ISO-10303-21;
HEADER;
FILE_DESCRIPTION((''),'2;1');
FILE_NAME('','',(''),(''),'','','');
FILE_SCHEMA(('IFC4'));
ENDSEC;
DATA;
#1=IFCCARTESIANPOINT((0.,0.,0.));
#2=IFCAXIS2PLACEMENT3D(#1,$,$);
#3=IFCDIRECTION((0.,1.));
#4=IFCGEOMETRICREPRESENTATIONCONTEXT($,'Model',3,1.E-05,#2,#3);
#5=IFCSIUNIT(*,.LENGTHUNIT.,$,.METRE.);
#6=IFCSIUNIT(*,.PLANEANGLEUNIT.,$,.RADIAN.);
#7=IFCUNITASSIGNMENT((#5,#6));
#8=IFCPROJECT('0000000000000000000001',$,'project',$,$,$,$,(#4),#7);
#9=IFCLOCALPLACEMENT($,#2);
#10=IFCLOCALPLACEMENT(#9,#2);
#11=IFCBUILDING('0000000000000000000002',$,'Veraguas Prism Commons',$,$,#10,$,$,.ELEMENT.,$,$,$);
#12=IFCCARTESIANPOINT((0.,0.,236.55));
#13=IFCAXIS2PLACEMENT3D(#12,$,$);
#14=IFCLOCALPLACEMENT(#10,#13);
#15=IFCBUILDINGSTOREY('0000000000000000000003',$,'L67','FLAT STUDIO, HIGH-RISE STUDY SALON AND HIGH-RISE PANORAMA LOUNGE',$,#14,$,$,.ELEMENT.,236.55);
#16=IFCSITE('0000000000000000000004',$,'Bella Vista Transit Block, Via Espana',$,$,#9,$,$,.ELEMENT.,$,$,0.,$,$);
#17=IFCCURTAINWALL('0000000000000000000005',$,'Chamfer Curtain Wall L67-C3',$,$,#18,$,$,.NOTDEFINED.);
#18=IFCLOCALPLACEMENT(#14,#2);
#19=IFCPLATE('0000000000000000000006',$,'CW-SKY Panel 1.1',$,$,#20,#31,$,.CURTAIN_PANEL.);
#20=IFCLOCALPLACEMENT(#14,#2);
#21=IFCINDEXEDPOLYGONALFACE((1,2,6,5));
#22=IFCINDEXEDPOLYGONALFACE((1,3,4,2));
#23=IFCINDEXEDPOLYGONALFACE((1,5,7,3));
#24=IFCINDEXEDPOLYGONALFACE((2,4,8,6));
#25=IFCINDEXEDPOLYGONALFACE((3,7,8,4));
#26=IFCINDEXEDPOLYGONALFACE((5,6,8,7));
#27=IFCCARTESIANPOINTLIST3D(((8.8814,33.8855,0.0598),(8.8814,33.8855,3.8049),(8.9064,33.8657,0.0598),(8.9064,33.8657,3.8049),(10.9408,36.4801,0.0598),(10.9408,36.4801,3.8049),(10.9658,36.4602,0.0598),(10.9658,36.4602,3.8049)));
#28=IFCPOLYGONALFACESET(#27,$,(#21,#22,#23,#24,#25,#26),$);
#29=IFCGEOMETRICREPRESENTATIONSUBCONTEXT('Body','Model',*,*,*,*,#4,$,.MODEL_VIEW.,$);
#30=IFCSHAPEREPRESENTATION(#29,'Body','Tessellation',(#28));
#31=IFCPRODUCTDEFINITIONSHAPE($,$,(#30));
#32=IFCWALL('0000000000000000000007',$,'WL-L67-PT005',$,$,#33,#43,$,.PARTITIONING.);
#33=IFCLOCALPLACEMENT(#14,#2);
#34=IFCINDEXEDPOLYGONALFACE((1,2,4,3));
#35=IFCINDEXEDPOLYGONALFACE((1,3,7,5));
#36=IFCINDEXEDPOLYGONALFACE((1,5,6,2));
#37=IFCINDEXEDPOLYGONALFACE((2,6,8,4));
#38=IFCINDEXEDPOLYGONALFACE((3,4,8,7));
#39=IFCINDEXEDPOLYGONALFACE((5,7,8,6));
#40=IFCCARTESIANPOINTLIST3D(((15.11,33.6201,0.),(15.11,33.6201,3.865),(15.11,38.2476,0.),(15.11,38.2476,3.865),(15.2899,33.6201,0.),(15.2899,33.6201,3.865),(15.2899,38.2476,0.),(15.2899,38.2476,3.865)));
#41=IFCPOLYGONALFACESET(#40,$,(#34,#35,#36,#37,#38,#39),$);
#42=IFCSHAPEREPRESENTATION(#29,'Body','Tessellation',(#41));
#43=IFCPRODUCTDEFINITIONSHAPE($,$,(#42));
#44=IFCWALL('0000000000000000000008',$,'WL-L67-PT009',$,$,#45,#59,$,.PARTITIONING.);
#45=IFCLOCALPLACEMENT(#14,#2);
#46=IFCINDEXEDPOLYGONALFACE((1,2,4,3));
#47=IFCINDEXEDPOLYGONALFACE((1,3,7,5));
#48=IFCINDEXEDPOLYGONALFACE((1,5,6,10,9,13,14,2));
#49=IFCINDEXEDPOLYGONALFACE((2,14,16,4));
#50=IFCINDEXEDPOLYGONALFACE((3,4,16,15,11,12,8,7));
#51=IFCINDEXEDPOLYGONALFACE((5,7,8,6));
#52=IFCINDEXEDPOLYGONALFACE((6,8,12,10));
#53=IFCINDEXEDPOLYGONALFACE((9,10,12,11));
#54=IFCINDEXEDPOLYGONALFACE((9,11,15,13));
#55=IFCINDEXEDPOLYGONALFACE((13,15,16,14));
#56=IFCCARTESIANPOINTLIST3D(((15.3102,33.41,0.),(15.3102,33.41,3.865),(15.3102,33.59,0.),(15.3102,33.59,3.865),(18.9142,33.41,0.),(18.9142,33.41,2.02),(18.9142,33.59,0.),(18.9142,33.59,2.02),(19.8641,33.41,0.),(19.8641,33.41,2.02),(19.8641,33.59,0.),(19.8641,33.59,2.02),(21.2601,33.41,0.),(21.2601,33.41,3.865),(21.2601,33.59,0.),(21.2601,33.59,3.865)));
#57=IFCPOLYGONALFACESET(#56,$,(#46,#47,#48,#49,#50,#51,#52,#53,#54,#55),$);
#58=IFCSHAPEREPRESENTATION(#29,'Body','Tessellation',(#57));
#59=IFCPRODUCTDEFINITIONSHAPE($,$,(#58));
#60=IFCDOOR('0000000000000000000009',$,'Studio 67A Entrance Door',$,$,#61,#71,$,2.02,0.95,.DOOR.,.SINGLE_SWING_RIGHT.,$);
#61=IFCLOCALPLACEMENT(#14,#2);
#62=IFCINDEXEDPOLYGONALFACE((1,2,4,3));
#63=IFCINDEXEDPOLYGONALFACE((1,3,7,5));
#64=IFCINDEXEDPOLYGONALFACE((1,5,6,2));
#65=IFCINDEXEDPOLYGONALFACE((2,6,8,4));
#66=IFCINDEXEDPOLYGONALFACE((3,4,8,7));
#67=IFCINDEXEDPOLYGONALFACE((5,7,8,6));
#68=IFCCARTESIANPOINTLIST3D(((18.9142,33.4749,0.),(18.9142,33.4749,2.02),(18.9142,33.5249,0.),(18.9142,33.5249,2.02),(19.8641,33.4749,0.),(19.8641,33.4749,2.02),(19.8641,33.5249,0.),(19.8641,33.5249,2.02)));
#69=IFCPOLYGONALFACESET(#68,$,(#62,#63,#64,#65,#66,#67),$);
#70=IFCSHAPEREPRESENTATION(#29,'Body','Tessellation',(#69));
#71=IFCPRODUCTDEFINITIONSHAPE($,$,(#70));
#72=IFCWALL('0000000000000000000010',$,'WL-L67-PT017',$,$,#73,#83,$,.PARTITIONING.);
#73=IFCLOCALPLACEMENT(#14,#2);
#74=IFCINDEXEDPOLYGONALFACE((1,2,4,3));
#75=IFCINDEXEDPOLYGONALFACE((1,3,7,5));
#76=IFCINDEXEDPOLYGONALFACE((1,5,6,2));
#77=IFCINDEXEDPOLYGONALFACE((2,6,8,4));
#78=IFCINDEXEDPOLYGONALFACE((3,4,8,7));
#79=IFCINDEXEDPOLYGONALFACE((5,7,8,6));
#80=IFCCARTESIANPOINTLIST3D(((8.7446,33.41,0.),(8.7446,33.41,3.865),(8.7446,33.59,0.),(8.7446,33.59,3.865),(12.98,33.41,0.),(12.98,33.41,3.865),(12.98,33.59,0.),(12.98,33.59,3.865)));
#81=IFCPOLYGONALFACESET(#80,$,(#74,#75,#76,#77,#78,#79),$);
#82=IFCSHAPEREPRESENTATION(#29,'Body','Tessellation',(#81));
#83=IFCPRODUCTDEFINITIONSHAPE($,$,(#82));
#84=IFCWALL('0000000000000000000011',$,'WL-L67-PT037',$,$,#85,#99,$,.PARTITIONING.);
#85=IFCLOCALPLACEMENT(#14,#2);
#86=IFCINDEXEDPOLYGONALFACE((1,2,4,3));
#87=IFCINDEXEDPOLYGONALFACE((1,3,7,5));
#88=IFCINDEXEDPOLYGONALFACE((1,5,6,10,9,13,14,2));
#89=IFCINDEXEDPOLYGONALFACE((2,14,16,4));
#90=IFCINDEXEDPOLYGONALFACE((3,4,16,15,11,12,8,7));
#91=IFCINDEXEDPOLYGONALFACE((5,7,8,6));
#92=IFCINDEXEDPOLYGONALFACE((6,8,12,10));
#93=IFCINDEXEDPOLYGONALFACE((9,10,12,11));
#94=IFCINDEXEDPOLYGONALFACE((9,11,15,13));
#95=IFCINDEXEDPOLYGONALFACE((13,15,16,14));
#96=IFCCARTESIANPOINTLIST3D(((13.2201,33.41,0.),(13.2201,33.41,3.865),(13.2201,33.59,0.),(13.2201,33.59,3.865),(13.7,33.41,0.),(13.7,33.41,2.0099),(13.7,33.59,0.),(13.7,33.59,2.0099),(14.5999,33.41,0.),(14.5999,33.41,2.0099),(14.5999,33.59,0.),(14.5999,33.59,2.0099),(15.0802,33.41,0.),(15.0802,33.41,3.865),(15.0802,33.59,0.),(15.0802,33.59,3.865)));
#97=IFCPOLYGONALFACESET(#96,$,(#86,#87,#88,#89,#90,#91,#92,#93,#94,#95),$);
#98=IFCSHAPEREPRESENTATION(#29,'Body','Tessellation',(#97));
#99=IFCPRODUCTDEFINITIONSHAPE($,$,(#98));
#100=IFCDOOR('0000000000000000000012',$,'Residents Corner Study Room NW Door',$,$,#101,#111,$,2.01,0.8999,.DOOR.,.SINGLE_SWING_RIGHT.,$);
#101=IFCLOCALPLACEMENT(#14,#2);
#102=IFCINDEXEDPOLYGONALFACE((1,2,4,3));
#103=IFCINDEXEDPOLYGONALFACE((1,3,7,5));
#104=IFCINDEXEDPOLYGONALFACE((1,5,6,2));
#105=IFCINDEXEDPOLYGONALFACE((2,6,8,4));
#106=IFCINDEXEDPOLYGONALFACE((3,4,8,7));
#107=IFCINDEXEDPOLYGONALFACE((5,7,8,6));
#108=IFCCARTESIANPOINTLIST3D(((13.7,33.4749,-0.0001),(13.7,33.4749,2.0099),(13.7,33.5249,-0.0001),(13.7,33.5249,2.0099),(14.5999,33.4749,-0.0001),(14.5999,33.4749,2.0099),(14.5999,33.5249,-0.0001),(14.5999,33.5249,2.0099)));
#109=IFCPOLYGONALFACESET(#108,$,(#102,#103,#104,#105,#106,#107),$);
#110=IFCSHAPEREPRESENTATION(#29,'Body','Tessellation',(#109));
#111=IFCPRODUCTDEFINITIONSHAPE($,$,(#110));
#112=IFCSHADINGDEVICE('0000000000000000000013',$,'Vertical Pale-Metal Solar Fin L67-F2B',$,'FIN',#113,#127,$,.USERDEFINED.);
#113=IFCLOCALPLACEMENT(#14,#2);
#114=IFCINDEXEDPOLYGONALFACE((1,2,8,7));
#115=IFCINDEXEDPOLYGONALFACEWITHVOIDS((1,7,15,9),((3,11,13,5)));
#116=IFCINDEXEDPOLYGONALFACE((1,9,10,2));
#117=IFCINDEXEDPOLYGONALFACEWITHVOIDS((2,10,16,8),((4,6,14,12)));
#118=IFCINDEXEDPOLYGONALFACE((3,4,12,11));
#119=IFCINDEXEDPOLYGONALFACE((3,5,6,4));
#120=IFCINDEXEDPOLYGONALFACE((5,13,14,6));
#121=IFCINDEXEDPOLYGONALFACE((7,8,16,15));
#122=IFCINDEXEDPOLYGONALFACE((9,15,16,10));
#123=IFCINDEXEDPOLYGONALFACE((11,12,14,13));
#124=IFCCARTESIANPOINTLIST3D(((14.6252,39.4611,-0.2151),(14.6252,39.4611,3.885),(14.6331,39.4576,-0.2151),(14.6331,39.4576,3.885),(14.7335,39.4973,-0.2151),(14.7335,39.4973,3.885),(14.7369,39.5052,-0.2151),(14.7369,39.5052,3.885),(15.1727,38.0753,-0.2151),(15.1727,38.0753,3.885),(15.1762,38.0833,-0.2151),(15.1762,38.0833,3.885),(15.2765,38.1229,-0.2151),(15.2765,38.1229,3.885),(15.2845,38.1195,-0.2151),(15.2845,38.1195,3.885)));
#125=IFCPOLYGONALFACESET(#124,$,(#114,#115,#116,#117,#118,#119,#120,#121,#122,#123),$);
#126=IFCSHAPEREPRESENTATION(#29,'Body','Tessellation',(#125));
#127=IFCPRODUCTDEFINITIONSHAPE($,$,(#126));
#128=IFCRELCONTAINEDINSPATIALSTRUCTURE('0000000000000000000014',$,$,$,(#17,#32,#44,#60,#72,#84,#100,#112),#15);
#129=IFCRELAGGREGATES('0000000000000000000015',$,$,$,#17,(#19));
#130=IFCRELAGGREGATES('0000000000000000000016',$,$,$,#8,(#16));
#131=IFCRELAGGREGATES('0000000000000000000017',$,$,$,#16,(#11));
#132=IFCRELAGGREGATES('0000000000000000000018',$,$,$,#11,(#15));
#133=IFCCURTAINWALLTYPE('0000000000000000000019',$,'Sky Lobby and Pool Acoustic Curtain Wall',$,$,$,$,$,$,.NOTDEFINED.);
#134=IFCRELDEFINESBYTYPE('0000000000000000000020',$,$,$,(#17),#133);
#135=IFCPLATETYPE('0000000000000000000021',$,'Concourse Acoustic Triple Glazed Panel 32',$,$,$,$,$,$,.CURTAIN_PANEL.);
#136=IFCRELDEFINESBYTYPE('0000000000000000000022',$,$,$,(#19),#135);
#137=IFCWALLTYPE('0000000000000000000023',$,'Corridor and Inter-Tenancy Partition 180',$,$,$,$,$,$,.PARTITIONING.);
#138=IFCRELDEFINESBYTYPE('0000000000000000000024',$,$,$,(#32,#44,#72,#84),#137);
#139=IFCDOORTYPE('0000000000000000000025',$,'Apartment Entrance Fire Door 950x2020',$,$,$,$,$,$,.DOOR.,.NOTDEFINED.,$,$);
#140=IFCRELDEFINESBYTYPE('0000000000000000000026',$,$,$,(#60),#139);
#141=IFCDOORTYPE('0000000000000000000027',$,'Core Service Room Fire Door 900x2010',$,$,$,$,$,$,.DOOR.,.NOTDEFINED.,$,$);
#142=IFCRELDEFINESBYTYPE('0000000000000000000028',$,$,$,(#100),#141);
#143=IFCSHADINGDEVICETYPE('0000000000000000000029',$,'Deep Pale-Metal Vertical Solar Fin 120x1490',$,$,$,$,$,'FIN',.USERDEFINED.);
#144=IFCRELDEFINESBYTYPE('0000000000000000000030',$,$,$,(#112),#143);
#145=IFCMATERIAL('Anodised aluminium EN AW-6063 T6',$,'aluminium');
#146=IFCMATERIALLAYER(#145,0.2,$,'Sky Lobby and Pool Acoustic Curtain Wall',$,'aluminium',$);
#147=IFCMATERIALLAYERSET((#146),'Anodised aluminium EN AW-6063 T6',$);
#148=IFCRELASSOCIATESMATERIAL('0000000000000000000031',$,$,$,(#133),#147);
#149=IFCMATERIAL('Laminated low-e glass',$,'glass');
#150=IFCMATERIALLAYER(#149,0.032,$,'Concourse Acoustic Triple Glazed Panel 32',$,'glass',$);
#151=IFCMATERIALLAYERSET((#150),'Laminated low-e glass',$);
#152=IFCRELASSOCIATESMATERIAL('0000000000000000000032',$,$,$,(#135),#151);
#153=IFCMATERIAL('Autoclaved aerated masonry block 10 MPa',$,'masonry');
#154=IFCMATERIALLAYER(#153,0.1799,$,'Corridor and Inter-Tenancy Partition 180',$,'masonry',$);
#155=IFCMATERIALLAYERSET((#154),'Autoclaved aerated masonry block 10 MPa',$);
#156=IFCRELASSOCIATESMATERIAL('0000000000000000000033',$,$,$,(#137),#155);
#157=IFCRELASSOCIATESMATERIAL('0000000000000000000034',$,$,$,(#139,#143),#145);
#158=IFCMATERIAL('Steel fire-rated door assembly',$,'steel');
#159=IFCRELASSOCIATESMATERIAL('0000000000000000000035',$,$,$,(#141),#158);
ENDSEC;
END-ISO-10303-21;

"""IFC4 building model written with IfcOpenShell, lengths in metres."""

from ifc_helpers import new_model, si_unit, direction, frame, frame_2d, origin, origin_2d, place, context, subcontext, project, spatial, rectangle, hollow_rectangle, extrude, source, transform, mapped, material, layer, layer_set, material_profile, profile_set, type_object, element, fill, aggregate, save


model = new_model("IFC4")

# Units and contexts
model_context = context("Model", 3, precision=1e-05, world=origin(), true_north=direction((0.0, 1.0)))
body_context = subcontext(model_context, "Body", "Model", "MODEL_VIEW")
ifc_project = project(units=[si_unit("LENGTHUNIT", "METRE"), si_unit("PLANEANGLEUNIT", "RADIAN")], contexts=[model_context])

# Site, building, storey
site_placement = place(None, origin())
site = spatial("IfcSite", under=ifc_project, at=site_placement, Name="Bella Vista Transit Block, Via Espana", CompositionType="ELEMENT", RefElevation=0.0)
building_placement = place(site_placement, origin())
building = spatial("IfcBuilding", under=site, at=building_placement, Name="Veraguas Prism Commons", CompositionType="ELEMENT")
storey_placement = place(building_placement, frame((0.0, 0.0, 236.55)))
storey = spatial("IfcBuildingStorey", under=building, at=storey_placement, Name="L67", Description="FLAT STUDIO, HIGH-RISE STUDY SALON AND HIGH-RISE PANORAMA LOUNGE", CompositionType="ELEMENT", Elevation=236.55)

# Shared definitions
ifc_material_1 = material(Name="Anodised aluminium EN AW-6063 T6", Category="aluminium")
ifc_layer_1 = layer(ifc_material_1, 0.2, Name="Sky Lobby and Pool Acoustic Curtain Wall", Category="aluminium")
ifc_layer_set_1 = layer_set([ifc_layer_1], Name="Anodised aluminium EN AW-6063 T6")
curtain_wall_type = type_object("IfcCurtainWallType", Name="Sky Lobby and Pool Acoustic Curtain Wall", PredefinedType="NOTDEFINED", material=ifc_layer_set_1)

# Curtain wall
curtain_wall_1_placement = place(storey_placement, origin())
curtain_wall_1 = element("IfcCurtainWall", 1, at=curtain_wall_1_placement, inside=storey, type_object=curtain_wall_type, Name="Chamfer Curtain Wall L67-C3", PredefinedType="NOTDEFINED")

# Plate
ifc_material_2 = material(Name="Laminated low-e glass", Category="glass")
ifc_layer_2 = layer(ifc_material_2, 0.032, Name="Concourse Acoustic Triple Glazed Panel 32", Category="glass")
ifc_layer_set_2 = layer_set([ifc_layer_2], Name="Laminated low-e glass")
plate_type = type_object("IfcPlateType", Name="Concourse Acoustic Triple Glazed Panel 32", PredefinedType="CURTAIN_PANEL", material=ifc_layer_set_2)
shared_shape_1 = source(origin(), body_context, "Body", "SweptSolid", [
    extrude(rectangle(XDim=3.3125, YDim=0.032, at=origin_2d()), origin(), (0.0, 0.0, 1.0), 3.7451),
])
plate_1_placement = place(storey_placement, frame((9.9236, 35.1729, 0.0598), z_axis=(0.0, 0.0, 1.0), x_axis=(-0.621707, -0.78325, 0.0)))
plate_1 = element("IfcPlate", 2, at=plate_1_placement, type_object=plate_type, Name="CW-SKY Panel 1.1", PredefinedType="CURTAIN_PANEL", context=body_context, shape_type="MappedRepresentation", body=[
    mapped(shared_shape_1, transform((0.0, 0.0, 0.0), scale=1.0)),
])
aggregate(curtain_wall_1, [plate_1])

# Wall
ifc_material_3 = material(Name="Autoclaved aerated masonry block 10 MPa", Category="masonry")
ifc_layer_3 = layer(ifc_material_3, 0.1799, Name="Corridor and Inter-Tenancy Partition 180", Category="masonry")
ifc_layer_set_3 = layer_set([ifc_layer_3], Name="Autoclaved aerated masonry block 10 MPa")
wall_type = type_object("IfcWallType", Name="Corridor and Inter-Tenancy Partition 180", PredefinedType="PARTITIONING", material=ifc_layer_set_3)
wall_1_placement = place(storey_placement, frame((15.2, 33.6201, 0.0), z_axis=(0.0, 0.0, 1.0), x_axis=(0.0, 1.0, 0.0)))
element("IfcWall", 3, at=wall_1_placement, inside=storey, type_object=wall_type, Name="WL-L67-PT005", PredefinedType="PARTITIONING", context=body_context, shape_type="SweptSolid", body=[
    extrude(rectangle(XDim=4.6274, YDim=0.1799, at=frame_2d((2.3137, 0.0))), origin(), (0.0, 0.0, 1.0), 3.865),
])

# Wall, opening, door
wall_2_placement = place(storey_placement, frame((15.3101, 33.5, 0.0), z_axis=(0.0, 0.0, 1.0), x_axis=(1.0, 0.0, 0.0)))
wall_2 = element("IfcWall", 4, at=wall_2_placement, inside=storey, type_object=wall_type, Name="WL-L67-PT009", PredefinedType="PARTITIONING", context=body_context, shape_type="SweptSolid", body=[
    extrude(rectangle(XDim=5.95, YDim=0.1799, at=frame_2d((2.9751, 0.0))), origin(), (0.0, 0.0, 1.0), 3.865),
])
opening_1_placement = place(wall_2_placement, frame((3.604, 0.0, 0.0)))
opening_1 = element("IfcOpeningElement", 5, at=opening_1_placement, cuts=wall_2, PredefinedType="OPENING", context=body_context, shape_type="SweptSolid", body=[
    extrude(rectangle(XDim=0.95, YDim=2.02, at=frame_2d((0.4751, 1.01))), frame((0.0, 0.0999, 0.0), z_axis=(0.0, -1.0, 0.0), x_axis=(1.0, 0.0, 0.0)), (0.0, 0.0, 1.0), 0.2),
])
door_type_1 = type_object("IfcDoorType", Name="Apartment Entrance Fire Door 950x2020", OperationType="NOTDEFINED", PredefinedType="DOOR", material=ifc_material_1)
shared_shape_2 = source(origin(), body_context, "Body", "SweptSolid", [
    extrude(rectangle(XDim=0.95, YDim=2.02, at=frame_2d((0.4751, 1.01))), frame((0.0, 0.0249, 0.0), z_axis=(0.0, -1.0, 0.0), x_axis=(1.0, 0.0, 0.0)), (0.0, 0.0, 1.0), 0.05),
])
door_1_placement = place(opening_1_placement, origin())
door_1 = element("IfcDoor", 6, at=door_1_placement, inside=storey, type_object=door_type_1, Name="Studio 67A Entrance Door", OperationType="SINGLE_SWING_RIGHT", OverallHeight=2.02, OverallWidth=0.95, PredefinedType="DOOR", context=body_context, shape_type="MappedRepresentation", body=[
    mapped(shared_shape_2, transform((0.0, 0.0, 0.0), scale=1.0)),
])
fill(opening_1, door_1)

# Wall
wall_3_placement = place(storey_placement, frame((12.98, 33.5, 0.0), z_axis=(0.0, 0.0, 1.0), x_axis=(-1.0, 0.0, 0.0)))
element("IfcWall", 7, at=wall_3_placement, inside=storey, type_object=wall_type, Name="WL-L67-PT017", PredefinedType="PARTITIONING", context=body_context, shape_type="SweptSolid", body=[
    extrude(rectangle(XDim=4.2354, YDim=0.1799, at=frame_2d((2.1177, 0.0))), origin(), (0.0, 0.0, 1.0), 3.865),
])

# Wall, opening, door
wall_4_placement = place(storey_placement, frame((13.22, 33.5, 0.0), z_axis=(0.0, 0.0, 1.0), x_axis=(1.0, 0.0, 0.0)))
wall_4 = element("IfcWall", 8, at=wall_4_placement, inside=storey, type_object=wall_type, Name="WL-L67-PT037", PredefinedType="PARTITIONING", context=body_context, shape_type="SweptSolid", body=[
    extrude(rectangle(XDim=1.8601, YDim=0.1799, at=frame_2d((0.9302, 0.0))), origin(), (0.0, 0.0, 1.0), 3.865),
])
opening_2_placement = place(wall_4_placement, frame((0.48, 0.0, 0.0)))
opening_2 = element("IfcOpeningElement", 9, at=opening_2_placement, cuts=wall_4, PredefinedType="OPENING", context=body_context, shape_type="SweptSolid", body=[
    extrude(rectangle(XDim=0.8999, YDim=2.01, at=frame_2d((0.45, 1.0049))), frame((0.0, 0.0999, 0.0), z_axis=(0.0, -1.0, 0.0), x_axis=(1.0, 0.0, 0.0)), (0.0, 0.0, 1.0), 0.2),
])
ifc_material_4 = material(Name="Steel fire-rated door assembly", Category="steel")
door_type_2 = type_object("IfcDoorType", Name="Core Service Room Fire Door 900x2010", OperationType="NOTDEFINED", PredefinedType="DOOR", material=ifc_material_4)
shared_shape_3 = source(origin(), body_context, "Body", "SweptSolid", [
    extrude(rectangle(XDim=0.8999, YDim=2.01, at=frame_2d((0.45, 1.0049))), frame((0.0, 0.0249, 0.0), z_axis=(0.0, -1.0, 0.0), x_axis=(1.0, 0.0, 0.0)), (0.0, 0.0, 1.0), 0.05),
])
door_2_placement = place(opening_2_placement, origin())
door_2 = element("IfcDoor", 10, at=door_2_placement, inside=storey, type_object=door_type_2, Name="Residents Corner Study Room NW Door", OperationType="SINGLE_SWING_RIGHT", OverallHeight=2.01, OverallWidth=0.8999, PredefinedType="DOOR", context=body_context, shape_type="MappedRepresentation", body=[
    mapped(shared_shape_3, transform((0.0, 0.0, 0.0), scale=1.0)),
])
fill(opening_2, door_2)

# Shading device
ifc_material_profile_1 = material_profile(ifc_material_1, hollow_rectangle(XDim=0.1201, YDim=1.49, WallThickness=0.0061, at=origin_2d()), Name="FIN120X1490X6")
ifc_profile_set_1 = profile_set([ifc_material_profile_1], Name="Anodised aluminium EN AW-6063 T6")
shading_device_type = type_object("IfcShadingDeviceType", Name="Deep Pale-Metal Vertical Solar Fin 120x1490", ElementType="FIN", PredefinedType="USERDEFINED", material=ifc_profile_set_1)
shading_device_placement = place(storey_placement, frame((14.9548, 38.7903, -0.2151), z_axis=(0.0, 0.0, 1.0), x_axis=(-0.930033, -0.367477, 0.0)))
element("IfcShadingDevice", 11, at=shading_device_placement, inside=storey, type_object=shading_device_type, Name="Vertical Pale-Metal Solar Fin L67-F2B", ObjectType="FIN", PredefinedType="USERDEFINED", context=body_context, shape_type="SweptSolid", body=[
    extrude(hollow_rectangle(XDim=0.1201, YDim=1.49, WallThickness=0.0061, at=origin_2d()), origin(), (0.0, 0.0, 1.0), 4.1001),
])

save(model, "model.ifc")
